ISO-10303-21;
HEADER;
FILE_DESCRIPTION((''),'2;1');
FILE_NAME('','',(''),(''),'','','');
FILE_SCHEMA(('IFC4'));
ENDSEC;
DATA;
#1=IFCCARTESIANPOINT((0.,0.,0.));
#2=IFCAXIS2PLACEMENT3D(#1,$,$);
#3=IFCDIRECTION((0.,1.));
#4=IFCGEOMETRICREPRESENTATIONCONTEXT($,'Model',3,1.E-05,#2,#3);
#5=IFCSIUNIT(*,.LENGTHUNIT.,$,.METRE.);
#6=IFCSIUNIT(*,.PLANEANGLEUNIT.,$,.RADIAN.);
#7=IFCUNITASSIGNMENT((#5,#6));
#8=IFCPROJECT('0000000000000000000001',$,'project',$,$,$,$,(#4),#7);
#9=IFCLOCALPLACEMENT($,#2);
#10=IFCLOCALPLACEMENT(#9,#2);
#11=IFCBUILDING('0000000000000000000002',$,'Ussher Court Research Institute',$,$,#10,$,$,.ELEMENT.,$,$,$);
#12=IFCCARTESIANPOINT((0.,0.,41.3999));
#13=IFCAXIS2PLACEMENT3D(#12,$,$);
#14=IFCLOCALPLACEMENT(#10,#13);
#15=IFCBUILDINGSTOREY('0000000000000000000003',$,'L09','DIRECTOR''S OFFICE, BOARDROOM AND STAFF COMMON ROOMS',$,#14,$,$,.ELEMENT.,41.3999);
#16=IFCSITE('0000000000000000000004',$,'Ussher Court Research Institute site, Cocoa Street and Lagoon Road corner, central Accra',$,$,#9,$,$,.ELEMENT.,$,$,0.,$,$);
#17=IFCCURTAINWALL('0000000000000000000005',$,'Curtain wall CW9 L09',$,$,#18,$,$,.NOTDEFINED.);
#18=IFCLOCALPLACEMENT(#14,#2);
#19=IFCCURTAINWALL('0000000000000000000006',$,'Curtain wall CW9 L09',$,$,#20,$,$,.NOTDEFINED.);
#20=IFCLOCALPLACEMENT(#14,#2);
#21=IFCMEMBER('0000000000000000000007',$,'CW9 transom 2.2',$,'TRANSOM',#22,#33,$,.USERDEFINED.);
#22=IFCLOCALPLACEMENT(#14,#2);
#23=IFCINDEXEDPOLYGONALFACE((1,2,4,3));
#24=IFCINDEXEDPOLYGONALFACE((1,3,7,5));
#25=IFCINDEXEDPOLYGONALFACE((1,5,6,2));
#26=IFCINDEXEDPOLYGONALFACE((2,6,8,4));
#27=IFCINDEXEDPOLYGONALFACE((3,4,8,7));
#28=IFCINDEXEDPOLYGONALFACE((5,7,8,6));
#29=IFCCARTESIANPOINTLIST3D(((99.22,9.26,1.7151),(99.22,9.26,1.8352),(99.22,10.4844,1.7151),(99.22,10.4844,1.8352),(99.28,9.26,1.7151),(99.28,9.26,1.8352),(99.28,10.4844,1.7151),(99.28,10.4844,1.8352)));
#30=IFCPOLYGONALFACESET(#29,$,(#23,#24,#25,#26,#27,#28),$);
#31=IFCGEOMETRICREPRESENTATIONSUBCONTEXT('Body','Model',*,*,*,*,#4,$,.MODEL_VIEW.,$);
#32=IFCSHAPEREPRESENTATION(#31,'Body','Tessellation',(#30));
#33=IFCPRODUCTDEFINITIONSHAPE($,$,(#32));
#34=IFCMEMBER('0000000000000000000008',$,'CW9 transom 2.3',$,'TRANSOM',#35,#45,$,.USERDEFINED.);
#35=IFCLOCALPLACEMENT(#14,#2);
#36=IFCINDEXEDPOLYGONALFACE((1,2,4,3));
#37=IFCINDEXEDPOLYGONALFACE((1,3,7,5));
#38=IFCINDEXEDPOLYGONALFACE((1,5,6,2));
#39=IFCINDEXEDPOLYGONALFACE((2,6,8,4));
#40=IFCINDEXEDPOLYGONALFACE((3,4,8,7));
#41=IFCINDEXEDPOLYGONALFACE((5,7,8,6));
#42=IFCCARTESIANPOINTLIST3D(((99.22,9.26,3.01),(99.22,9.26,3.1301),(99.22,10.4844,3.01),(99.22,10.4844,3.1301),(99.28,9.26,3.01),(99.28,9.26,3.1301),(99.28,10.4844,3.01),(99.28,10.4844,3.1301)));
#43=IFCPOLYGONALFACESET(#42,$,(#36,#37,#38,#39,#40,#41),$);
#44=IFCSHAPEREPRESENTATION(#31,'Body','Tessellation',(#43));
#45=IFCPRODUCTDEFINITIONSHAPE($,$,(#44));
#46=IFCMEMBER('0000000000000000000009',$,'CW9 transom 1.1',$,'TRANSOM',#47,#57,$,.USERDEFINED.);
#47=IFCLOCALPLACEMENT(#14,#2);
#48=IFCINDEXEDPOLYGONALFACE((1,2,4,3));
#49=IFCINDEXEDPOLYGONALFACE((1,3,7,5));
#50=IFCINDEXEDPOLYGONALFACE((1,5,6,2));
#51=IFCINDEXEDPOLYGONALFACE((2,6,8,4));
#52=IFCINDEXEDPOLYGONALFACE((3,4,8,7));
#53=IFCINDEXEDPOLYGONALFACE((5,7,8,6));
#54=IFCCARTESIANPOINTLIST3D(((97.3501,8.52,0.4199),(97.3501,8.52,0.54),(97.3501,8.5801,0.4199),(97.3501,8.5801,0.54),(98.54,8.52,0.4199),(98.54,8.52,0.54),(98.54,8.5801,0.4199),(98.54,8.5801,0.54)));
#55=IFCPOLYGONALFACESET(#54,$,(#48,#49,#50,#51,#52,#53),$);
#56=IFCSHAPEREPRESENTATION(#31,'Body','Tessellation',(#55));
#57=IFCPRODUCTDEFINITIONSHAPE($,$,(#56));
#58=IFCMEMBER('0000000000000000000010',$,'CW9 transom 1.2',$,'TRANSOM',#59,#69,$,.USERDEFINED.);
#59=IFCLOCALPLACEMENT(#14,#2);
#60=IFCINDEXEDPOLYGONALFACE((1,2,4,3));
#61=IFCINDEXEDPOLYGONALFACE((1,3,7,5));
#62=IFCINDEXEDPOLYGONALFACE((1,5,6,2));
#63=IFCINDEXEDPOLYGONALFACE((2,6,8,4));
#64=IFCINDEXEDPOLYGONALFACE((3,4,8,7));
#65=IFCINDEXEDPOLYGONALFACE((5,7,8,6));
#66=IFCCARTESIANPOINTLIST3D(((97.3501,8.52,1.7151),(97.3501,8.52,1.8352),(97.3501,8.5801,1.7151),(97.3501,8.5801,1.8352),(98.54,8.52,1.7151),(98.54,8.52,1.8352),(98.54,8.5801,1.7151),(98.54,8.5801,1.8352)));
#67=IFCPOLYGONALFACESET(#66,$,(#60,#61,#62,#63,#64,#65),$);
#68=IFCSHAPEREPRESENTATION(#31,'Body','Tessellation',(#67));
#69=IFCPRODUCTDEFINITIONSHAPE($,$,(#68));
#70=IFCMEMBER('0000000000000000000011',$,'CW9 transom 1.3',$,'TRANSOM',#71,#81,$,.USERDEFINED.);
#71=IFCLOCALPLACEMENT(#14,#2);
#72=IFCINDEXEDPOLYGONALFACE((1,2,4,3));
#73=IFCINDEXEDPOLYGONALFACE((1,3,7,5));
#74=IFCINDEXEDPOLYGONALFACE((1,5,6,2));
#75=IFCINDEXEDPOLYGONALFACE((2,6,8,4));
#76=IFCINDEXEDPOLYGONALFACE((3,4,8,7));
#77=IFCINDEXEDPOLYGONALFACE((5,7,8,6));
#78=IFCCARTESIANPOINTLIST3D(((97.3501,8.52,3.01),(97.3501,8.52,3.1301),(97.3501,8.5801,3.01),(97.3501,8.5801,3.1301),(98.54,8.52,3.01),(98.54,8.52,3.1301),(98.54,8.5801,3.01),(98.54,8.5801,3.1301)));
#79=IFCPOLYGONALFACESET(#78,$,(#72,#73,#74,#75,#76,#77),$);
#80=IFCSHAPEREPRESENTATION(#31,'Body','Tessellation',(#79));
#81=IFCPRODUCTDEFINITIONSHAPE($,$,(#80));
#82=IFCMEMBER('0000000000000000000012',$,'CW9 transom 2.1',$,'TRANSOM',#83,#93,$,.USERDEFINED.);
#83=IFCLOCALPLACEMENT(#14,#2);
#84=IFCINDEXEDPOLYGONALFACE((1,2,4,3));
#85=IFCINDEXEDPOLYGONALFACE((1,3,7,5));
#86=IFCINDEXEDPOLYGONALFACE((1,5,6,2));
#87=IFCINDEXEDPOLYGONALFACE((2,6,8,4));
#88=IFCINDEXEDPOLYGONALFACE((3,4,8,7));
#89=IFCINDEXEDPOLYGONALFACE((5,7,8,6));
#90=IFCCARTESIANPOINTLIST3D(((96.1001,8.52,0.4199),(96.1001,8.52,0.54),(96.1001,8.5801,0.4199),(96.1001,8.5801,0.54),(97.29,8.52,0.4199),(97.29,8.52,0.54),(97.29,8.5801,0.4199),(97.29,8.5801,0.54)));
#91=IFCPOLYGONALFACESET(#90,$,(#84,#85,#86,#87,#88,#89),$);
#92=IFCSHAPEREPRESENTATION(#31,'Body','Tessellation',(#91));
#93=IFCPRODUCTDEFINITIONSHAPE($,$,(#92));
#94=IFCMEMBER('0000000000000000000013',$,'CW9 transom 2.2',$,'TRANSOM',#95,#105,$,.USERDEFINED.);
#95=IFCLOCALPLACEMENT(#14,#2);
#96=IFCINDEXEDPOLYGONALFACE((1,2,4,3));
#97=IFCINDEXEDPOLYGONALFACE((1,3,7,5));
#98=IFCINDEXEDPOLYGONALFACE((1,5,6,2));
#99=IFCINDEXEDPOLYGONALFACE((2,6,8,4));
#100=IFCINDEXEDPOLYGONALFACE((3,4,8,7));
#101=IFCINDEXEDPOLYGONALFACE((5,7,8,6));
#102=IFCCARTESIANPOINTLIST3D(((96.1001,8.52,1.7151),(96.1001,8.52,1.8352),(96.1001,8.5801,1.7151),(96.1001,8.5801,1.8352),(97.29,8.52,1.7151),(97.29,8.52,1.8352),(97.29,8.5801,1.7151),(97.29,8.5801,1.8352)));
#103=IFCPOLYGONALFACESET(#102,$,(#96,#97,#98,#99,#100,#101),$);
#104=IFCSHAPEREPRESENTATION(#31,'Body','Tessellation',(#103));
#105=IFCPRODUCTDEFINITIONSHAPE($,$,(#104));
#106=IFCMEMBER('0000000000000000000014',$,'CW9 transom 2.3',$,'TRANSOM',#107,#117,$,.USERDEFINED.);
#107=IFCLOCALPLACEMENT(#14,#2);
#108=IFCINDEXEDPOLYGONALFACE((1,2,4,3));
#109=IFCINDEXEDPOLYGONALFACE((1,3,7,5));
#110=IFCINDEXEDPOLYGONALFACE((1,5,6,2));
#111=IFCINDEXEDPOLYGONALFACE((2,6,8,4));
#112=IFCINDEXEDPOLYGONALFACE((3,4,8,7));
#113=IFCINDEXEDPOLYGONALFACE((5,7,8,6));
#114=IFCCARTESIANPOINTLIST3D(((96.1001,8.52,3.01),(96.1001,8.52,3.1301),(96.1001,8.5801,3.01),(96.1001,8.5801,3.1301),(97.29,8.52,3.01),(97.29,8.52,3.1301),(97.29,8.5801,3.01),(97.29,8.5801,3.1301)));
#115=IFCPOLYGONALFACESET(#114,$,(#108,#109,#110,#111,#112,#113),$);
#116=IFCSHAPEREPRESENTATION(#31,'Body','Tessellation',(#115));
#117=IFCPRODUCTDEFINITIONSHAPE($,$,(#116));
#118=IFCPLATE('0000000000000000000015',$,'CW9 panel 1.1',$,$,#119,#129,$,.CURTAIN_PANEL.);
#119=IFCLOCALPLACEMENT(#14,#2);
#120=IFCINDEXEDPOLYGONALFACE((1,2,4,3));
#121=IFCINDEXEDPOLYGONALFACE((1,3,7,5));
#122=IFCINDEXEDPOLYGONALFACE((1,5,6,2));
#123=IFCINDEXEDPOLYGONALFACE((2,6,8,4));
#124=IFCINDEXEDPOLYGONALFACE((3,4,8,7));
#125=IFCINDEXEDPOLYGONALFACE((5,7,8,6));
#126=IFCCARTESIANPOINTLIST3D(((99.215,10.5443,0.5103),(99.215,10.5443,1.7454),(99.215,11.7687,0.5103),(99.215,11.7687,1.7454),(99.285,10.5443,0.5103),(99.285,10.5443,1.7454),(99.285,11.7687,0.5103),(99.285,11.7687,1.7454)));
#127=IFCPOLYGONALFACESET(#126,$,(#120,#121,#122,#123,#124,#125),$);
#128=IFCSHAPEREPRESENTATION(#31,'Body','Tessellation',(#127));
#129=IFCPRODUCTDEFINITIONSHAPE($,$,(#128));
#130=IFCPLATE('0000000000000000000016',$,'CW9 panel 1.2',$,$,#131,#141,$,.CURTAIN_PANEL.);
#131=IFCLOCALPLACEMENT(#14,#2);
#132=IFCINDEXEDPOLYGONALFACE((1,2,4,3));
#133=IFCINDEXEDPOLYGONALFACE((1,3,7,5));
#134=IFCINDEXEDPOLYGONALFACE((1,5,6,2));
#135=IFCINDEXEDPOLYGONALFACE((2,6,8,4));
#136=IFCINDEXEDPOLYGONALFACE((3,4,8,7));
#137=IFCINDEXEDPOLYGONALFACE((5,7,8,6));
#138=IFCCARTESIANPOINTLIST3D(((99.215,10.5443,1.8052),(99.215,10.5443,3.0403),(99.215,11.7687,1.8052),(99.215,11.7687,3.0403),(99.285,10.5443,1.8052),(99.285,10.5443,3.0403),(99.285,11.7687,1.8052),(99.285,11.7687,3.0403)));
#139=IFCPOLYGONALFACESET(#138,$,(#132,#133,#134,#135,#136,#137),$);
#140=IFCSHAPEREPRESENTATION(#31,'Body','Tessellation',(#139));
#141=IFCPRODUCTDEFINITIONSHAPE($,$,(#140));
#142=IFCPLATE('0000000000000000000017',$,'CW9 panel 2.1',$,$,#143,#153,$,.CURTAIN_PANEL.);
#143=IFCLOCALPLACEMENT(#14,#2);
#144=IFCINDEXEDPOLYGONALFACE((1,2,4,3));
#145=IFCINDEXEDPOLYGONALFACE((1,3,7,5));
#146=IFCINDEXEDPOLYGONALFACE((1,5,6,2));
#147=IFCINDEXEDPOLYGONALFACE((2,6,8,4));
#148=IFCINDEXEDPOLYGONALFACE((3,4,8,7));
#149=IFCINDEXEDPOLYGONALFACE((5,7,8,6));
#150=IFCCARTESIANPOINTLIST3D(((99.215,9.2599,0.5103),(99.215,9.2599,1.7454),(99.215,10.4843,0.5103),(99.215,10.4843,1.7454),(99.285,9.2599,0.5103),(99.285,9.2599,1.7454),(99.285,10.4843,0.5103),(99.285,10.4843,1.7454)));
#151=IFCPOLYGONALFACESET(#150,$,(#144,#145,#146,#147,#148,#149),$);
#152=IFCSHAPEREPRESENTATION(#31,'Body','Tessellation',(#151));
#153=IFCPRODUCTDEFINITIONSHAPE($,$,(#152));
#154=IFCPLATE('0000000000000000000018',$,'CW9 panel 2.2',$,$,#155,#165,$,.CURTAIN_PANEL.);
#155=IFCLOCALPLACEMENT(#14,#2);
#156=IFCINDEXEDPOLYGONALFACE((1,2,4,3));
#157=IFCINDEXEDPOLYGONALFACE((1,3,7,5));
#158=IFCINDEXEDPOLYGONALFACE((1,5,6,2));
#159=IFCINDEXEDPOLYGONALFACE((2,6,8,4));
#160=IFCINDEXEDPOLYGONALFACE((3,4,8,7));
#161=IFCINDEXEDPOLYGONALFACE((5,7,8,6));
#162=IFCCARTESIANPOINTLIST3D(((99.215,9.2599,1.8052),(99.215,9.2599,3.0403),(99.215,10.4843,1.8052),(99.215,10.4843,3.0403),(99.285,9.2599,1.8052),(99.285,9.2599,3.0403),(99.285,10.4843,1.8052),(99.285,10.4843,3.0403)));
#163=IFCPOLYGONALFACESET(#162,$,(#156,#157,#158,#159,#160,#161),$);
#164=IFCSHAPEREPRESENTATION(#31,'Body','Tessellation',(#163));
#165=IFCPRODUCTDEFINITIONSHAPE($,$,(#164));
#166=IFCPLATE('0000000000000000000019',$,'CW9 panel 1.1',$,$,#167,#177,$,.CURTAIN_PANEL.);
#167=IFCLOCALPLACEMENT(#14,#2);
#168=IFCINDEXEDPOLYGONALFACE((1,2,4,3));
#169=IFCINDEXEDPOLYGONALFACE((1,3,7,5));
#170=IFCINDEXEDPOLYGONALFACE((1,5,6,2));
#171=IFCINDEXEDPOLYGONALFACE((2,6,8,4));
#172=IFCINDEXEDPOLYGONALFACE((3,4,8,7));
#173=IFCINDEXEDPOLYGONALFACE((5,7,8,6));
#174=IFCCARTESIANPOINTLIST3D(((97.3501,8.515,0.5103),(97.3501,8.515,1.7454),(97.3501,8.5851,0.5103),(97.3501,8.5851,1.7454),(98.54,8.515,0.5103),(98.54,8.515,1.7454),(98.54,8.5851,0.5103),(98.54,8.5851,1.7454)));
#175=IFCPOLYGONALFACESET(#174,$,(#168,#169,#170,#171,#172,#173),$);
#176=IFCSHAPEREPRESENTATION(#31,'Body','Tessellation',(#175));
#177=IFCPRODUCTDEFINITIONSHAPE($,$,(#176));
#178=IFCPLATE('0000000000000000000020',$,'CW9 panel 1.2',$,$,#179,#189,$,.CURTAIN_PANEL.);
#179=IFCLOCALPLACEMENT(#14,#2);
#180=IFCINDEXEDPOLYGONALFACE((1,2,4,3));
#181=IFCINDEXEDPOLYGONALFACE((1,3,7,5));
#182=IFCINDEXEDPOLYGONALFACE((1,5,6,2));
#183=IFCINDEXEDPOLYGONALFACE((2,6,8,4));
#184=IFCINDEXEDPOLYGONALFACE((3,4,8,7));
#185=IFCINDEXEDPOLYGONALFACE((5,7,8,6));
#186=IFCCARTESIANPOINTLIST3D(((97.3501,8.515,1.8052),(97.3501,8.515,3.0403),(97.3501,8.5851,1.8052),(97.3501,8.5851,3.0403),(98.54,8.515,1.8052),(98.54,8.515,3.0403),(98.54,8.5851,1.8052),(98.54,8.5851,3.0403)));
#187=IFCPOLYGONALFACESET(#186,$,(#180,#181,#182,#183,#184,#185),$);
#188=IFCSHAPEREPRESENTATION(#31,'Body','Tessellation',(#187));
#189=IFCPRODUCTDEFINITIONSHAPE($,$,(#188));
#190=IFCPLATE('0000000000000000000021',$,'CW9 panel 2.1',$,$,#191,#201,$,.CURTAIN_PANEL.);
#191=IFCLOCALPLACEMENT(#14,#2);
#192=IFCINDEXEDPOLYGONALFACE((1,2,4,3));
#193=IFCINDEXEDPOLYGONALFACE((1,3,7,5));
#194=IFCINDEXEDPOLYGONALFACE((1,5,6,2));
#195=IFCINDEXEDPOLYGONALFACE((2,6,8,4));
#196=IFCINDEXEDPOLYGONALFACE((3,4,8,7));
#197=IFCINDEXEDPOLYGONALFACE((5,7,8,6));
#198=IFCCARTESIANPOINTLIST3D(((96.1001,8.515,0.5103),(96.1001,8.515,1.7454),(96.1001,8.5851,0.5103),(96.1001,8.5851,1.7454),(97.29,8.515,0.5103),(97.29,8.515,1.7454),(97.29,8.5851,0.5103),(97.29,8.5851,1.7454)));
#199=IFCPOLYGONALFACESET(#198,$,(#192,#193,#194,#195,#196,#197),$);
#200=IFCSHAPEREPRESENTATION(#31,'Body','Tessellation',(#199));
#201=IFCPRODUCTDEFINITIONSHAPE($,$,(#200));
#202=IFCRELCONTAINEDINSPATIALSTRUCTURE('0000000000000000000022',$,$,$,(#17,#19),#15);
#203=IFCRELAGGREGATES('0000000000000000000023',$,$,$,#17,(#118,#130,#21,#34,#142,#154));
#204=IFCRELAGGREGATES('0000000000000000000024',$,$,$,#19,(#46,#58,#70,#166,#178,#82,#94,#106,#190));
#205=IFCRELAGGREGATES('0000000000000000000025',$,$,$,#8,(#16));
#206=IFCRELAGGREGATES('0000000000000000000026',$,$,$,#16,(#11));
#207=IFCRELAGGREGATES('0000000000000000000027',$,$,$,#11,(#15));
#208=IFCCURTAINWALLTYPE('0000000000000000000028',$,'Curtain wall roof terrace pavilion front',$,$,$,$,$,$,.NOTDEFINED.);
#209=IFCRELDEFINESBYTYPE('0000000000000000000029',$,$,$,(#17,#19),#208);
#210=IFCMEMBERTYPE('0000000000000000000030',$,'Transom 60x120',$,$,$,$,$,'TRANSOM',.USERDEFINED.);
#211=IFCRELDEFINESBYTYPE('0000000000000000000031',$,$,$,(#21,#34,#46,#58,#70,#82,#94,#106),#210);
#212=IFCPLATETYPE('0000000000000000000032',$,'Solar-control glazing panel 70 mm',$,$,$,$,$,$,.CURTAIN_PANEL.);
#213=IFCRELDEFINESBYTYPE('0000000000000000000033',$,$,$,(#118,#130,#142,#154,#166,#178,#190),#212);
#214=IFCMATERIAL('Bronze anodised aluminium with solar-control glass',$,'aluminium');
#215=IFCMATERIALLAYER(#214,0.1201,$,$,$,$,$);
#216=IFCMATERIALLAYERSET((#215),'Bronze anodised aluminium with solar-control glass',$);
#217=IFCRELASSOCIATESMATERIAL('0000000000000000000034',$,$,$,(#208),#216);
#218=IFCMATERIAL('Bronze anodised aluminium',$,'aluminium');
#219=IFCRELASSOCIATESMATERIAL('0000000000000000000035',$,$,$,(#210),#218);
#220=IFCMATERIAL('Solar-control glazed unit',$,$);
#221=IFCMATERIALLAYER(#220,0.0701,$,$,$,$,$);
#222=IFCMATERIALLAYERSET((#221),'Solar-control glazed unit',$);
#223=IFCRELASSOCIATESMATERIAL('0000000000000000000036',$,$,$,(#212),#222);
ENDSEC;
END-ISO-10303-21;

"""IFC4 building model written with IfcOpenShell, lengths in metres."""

from ifc_helpers import new_model, si_unit, direction, frame, origin, origin_2d, place, context, subcontext, project, spatial, rectangle, extrude, material, layer, layer_set, material_profile, profile_set, type_object, element, aggregate, save


model = new_model("IFC4")

# Units and contexts
model_context = context("Model", 3, precision=1e-05, world=origin(), true_north=direction((0.0, 1.0)))
body_context = subcontext(model_context, "Body", "Model", "MODEL_VIEW")
ifc_project = project(units=[si_unit("LENGTHUNIT", "METRE"), si_unit("PLANEANGLEUNIT", "RADIAN")], contexts=[model_context])

# Site, building, storey
site_placement = place(None, origin())
site = spatial("IfcSite", under=ifc_project, at=site_placement, Name="Ussher Court Research Institute site, Cocoa Street and Lagoon Road corner, central Accra", CompositionType="ELEMENT", RefElevation=0.0)
building_placement = place(site_placement, origin())
building = spatial("IfcBuilding", under=site, at=building_placement, Name="Ussher Court Research Institute", CompositionType="ELEMENT")
storey_placement = place(building_placement, frame((0.0, 0.0, 41.3999)))
storey = spatial("IfcBuildingStorey", under=building, at=storey_placement, Name="L09", Description="DIRECTOR'S OFFICE, BOARDROOM AND STAFF COMMON ROOMS", CompositionType="ELEMENT", Elevation=41.3999)

# Curtain walls
ifc_material_1 = material(Name="Bronze anodised aluminium with solar-control glass", Category="aluminium")
ifc_layer_1 = layer(ifc_material_1, 0.1201)
ifc_layer_set_1 = layer_set([ifc_layer_1], Name="Bronze anodised aluminium with solar-control glass")
curtain_wall_type = type_object("IfcCurtainWallType", Name="Curtain wall roof terrace pavilion front", PredefinedType="NOTDEFINED", material=ifc_layer_set_1)
curtain_wall_1_placement = place(storey_placement, origin())
curtain_wall_1 = element("IfcCurtainWall", 1, at=curtain_wall_1_placement, inside=storey, type_object=curtain_wall_type, Name="Curtain wall CW9 L09", PredefinedType="NOTDEFINED")
curtain_wall_2_placement = place(storey_placement, origin())
curtain_wall_2 = element("IfcCurtainWall", 2, at=curtain_wall_2_placement, inside=storey, type_object=curtain_wall_type, Name="Curtain wall CW9 L09", PredefinedType="NOTDEFINED")

# Members
ifc_material_2 = material(Name="Bronze anodised aluminium", Category="aluminium")
ifc_material_profile_1 = material_profile(ifc_material_2, rectangle(XDim=0.0601, YDim=0.1201, at=origin_2d()), Name="Transom 60x120")
ifc_profile_set_1 = profile_set([ifc_material_profile_1], Name="Bronze anodised aluminium")
member_type_1 = type_object("IfcMemberType", Name="Transom 60x120", ElementType="TRANSOM", PredefinedType="USERDEFINED", material=ifc_profile_set_1)
member_1_placement = place(storey_placement, frame((99.25, 10.4844, 1.7751), z_axis=(0.0, -1.0, 0.0), x_axis=(1.0, 0.0, 0.0)))
member_1 = element("IfcMember", 3, at=member_1_placement, type_object=member_type_1, Name="CW9 transom 2.2", ObjectType="TRANSOM", PredefinedType="USERDEFINED", context=body_context, shape_type="SweptSolid", body=[
    extrude(rectangle(XDim=0.0601, YDim=0.1201, at=origin_2d()), origin(), (0.0, 0.0, 1.0), 1.2244),
])
member_2_placement = place(storey_placement, frame((99.25, 10.4844, 3.0701), z_axis=(0.0, -1.0, 0.0), x_axis=(1.0, 0.0, 0.0)))
member_2 = element("IfcMember", 4, at=member_2_placement, type_object=member_type_1, Name="CW9 transom 2.3", ObjectType="TRANSOM", PredefinedType="USERDEFINED", context=body_context, shape_type="SweptSolid", body=[
    extrude(rectangle(XDim=0.0601, YDim=0.1201, at=origin_2d()), origin(), (0.0, 0.0, 1.0), 1.2244),
])
member_3_placement = place(storey_placement, frame((98.54, 8.55, 0.48), z_axis=(-1.0, 0.0, 0.0), x_axis=(0.0, -1.0, 0.0)))
member_3 = element("IfcMember", 5, at=member_3_placement, type_object=member_type_1, Name="CW9 transom 1.1", ObjectType="TRANSOM", PredefinedType="USERDEFINED", context=body_context, shape_type="SweptSolid", body=[
    extrude(rectangle(XDim=0.0601, YDim=0.1201, at=origin_2d()), origin(), (0.0, 0.0, 1.0), 1.1899),
])
member_4_placement = place(storey_placement, frame((98.54, 8.55, 1.7751), z_axis=(-1.0, 0.0, 0.0), x_axis=(0.0, -1.0, 0.0)))
member_4 = element("IfcMember", 6, at=member_4_placement, type_object=member_type_1, Name="CW9 transom 1.2", ObjectType="TRANSOM", PredefinedType="USERDEFINED", context=body_context, shape_type="SweptSolid", body=[
    extrude(rectangle(XDim=0.0601, YDim=0.1201, at=origin_2d()), origin(), (0.0, 0.0, 1.0), 1.1899),
])
member_5_placement = place(storey_placement, frame((98.54, 8.55, 3.0701), z_axis=(-1.0, 0.0, 0.0), x_axis=(0.0, -1.0, 0.0)))
member_5 = element("IfcMember", 7, at=member_5_placement, type_object=member_type_1, Name="CW9 transom 1.3", ObjectType="TRANSOM", PredefinedType="USERDEFINED", context=body_context, shape_type="SweptSolid", body=[
    extrude(rectangle(XDim=0.0601, YDim=0.1201, at=origin_2d()), origin(), (0.0, 0.0, 1.0), 1.1899),
])
member_6_placement = place(storey_placement, frame((97.29, 8.55, 0.48), z_axis=(-1.0, 0.0, 0.0), x_axis=(0.0, -1.0, 0.0)))
member_6 = element("IfcMember", 8, at=member_6_placement, type_object=member_type_1, Name="CW9 transom 2.1", ObjectType="TRANSOM", PredefinedType="USERDEFINED", context=body_context, shape_type="SweptSolid", body=[
    extrude(rectangle(XDim=0.0601, YDim=0.1201, at=origin_2d()), origin(), (0.0, 0.0, 1.0), 1.1899),
])
member_7_placement = place(storey_placement, frame((97.29, 8.55, 1.7751), z_axis=(-1.0, 0.0, 0.0), x_axis=(0.0, -1.0, 0.0)))
member_7 = element("IfcMember", 9, at=member_7_placement, type_object=member_type_1, Name="CW9 transom 2.2", ObjectType="TRANSOM", PredefinedType="USERDEFINED", context=body_context, shape_type="SweptSolid", body=[
    extrude(rectangle(XDim=0.0601, YDim=0.1201, at=origin_2d()), origin(), (0.0, 0.0, 1.0), 1.1899),
])
member_8_placement = place(storey_placement, frame((97.29, 8.55, 3.0701), z_axis=(-1.0, 0.0, 0.0), x_axis=(0.0, -1.0, 0.0)))
member_8 = element("IfcMember", 10, at=member_8_placement, type_object=member_type_1, Name="CW9 transom 2.3", ObjectType="TRANSOM", PredefinedType="USERDEFINED", context=body_context, shape_type="SweptSolid", body=[
    extrude(rectangle(XDim=0.0601, YDim=0.1201, at=origin_2d()), origin(), (0.0, 0.0, 1.0), 1.1899),
])

# Plates
ifc_material_3 = material(Name="Solar-control glazed unit")
ifc_layer_2 = layer(ifc_material_3, 0.0701)
ifc_layer_set_2 = layer_set([ifc_layer_2], Name="Solar-control glazed unit")
plate_type = type_object("IfcPlateType", Name="Solar-control glazing panel 70 mm", PredefinedType="CURTAIN_PANEL", material=ifc_layer_set_2)
plate_1_placement = place(storey_placement, frame((99.25, 11.1565, 0.5103), z_axis=(0.0, 0.0, 1.0), x_axis=(0.0, -1.0, 0.0)))
plate_1 = element("IfcPlate", 11, at=plate_1_placement, type_object=plate_type, Name="CW9 panel 1.1", PredefinedType="CURTAIN_PANEL", context=body_context, shape_type="SweptSolid", body=[
    extrude(rectangle(XDim=1.2244, YDim=0.0701, at=origin_2d()), origin(), (0.0, 0.0, 1.0), 1.2351),
])
plate_2_placement = place(storey_placement, frame((99.25, 11.1565, 1.8052), z_axis=(0.0, 0.0, 1.0), x_axis=(0.0, -1.0, 0.0)))
plate_2 = element("IfcPlate", 12, at=plate_2_placement, type_object=plate_type, Name="CW9 panel 1.2", PredefinedType="CURTAIN_PANEL", context=body_context, shape_type="SweptSolid", body=[
    extrude(rectangle(XDim=1.2244, YDim=0.0701, at=origin_2d()), origin(), (0.0, 0.0, 1.0), 1.2351),
])
plate_3_placement = place(storey_placement, frame((99.25, 9.8721, 0.5103), z_axis=(0.0, 0.0, 1.0), x_axis=(0.0, -1.0, 0.0)))
plate_3 = element("IfcPlate", 13, at=plate_3_placement, type_object=plate_type, Name="CW9 panel 2.1", PredefinedType="CURTAIN_PANEL", context=body_context, shape_type="SweptSolid", body=[
    extrude(rectangle(XDim=1.2244, YDim=0.0701, at=origin_2d()), origin(), (0.0, 0.0, 1.0), 1.2351),
])
plate_4_placement = place(storey_placement, frame((99.25, 9.8721, 1.8052), z_axis=(0.0, 0.0, 1.0), x_axis=(0.0, -1.0, 0.0)))
plate_4 = element("IfcPlate", 14, at=plate_4_placement, type_object=plate_type, Name="CW9 panel 2.2", PredefinedType="CURTAIN_PANEL", context=body_context, shape_type="SweptSolid", body=[
    extrude(rectangle(XDim=1.2244, YDim=0.0701, at=origin_2d()), origin(), (0.0, 0.0, 1.0), 1.2351),
])
aggregate(curtain_wall_1, [plate_1, plate_2, member_1, member_2, plate_3, plate_4])
plate_5_placement = place(storey_placement, frame((97.9451, 8.55, 0.5103), z_axis=(0.0, 0.0, 1.0), x_axis=(-1.0, 0.0, 0.0)))
plate_5 = element("IfcPlate", 15, at=plate_5_placement, type_object=plate_type, Name="CW9 panel 1.1", PredefinedType="CURTAIN_PANEL", context=body_context, shape_type="SweptSolid", body=[
    extrude(rectangle(XDim=1.1899, YDim=0.0701, at=origin_2d()), origin(), (0.0, 0.0, 1.0), 1.2351),
])
plate_6_placement = place(storey_placement, frame((97.9451, 8.55, 1.8052), z_axis=(0.0, 0.0, 1.0), x_axis=(-1.0, 0.0, 0.0)))
plate_6 = element("IfcPlate", 16, at=plate_6_placement, type_object=plate_type, Name="CW9 panel 1.2", PredefinedType="CURTAIN_PANEL", context=body_context, shape_type="SweptSolid", body=[
    extrude(rectangle(XDim=1.1899, YDim=0.0701, at=origin_2d()), origin(), (0.0, 0.0, 1.0), 1.2351),
])
plate_7_placement = place(storey_placement, frame((96.6951, 8.55, 0.5103), z_axis=(0.0, 0.0, 1.0), x_axis=(-1.0, 0.0, 0.0)))
plate_7 = element("IfcPlate", 17, at=plate_7_placement, type_object=plate_type, Name="CW9 panel 2.1", PredefinedType="CURTAIN_PANEL", context=body_context, shape_type="SweptSolid", body=[
    extrude(rectangle(XDim=1.1899, YDim=0.0701, at=origin_2d()), origin(), (0.0, 0.0, 1.0), 1.2351),
])
aggregate(curtain_wall_2, [member_3, member_4, member_5, plate_5, plate_6, member_6, member_7, member_8, plate_7])

save(model, "model.ifc")
